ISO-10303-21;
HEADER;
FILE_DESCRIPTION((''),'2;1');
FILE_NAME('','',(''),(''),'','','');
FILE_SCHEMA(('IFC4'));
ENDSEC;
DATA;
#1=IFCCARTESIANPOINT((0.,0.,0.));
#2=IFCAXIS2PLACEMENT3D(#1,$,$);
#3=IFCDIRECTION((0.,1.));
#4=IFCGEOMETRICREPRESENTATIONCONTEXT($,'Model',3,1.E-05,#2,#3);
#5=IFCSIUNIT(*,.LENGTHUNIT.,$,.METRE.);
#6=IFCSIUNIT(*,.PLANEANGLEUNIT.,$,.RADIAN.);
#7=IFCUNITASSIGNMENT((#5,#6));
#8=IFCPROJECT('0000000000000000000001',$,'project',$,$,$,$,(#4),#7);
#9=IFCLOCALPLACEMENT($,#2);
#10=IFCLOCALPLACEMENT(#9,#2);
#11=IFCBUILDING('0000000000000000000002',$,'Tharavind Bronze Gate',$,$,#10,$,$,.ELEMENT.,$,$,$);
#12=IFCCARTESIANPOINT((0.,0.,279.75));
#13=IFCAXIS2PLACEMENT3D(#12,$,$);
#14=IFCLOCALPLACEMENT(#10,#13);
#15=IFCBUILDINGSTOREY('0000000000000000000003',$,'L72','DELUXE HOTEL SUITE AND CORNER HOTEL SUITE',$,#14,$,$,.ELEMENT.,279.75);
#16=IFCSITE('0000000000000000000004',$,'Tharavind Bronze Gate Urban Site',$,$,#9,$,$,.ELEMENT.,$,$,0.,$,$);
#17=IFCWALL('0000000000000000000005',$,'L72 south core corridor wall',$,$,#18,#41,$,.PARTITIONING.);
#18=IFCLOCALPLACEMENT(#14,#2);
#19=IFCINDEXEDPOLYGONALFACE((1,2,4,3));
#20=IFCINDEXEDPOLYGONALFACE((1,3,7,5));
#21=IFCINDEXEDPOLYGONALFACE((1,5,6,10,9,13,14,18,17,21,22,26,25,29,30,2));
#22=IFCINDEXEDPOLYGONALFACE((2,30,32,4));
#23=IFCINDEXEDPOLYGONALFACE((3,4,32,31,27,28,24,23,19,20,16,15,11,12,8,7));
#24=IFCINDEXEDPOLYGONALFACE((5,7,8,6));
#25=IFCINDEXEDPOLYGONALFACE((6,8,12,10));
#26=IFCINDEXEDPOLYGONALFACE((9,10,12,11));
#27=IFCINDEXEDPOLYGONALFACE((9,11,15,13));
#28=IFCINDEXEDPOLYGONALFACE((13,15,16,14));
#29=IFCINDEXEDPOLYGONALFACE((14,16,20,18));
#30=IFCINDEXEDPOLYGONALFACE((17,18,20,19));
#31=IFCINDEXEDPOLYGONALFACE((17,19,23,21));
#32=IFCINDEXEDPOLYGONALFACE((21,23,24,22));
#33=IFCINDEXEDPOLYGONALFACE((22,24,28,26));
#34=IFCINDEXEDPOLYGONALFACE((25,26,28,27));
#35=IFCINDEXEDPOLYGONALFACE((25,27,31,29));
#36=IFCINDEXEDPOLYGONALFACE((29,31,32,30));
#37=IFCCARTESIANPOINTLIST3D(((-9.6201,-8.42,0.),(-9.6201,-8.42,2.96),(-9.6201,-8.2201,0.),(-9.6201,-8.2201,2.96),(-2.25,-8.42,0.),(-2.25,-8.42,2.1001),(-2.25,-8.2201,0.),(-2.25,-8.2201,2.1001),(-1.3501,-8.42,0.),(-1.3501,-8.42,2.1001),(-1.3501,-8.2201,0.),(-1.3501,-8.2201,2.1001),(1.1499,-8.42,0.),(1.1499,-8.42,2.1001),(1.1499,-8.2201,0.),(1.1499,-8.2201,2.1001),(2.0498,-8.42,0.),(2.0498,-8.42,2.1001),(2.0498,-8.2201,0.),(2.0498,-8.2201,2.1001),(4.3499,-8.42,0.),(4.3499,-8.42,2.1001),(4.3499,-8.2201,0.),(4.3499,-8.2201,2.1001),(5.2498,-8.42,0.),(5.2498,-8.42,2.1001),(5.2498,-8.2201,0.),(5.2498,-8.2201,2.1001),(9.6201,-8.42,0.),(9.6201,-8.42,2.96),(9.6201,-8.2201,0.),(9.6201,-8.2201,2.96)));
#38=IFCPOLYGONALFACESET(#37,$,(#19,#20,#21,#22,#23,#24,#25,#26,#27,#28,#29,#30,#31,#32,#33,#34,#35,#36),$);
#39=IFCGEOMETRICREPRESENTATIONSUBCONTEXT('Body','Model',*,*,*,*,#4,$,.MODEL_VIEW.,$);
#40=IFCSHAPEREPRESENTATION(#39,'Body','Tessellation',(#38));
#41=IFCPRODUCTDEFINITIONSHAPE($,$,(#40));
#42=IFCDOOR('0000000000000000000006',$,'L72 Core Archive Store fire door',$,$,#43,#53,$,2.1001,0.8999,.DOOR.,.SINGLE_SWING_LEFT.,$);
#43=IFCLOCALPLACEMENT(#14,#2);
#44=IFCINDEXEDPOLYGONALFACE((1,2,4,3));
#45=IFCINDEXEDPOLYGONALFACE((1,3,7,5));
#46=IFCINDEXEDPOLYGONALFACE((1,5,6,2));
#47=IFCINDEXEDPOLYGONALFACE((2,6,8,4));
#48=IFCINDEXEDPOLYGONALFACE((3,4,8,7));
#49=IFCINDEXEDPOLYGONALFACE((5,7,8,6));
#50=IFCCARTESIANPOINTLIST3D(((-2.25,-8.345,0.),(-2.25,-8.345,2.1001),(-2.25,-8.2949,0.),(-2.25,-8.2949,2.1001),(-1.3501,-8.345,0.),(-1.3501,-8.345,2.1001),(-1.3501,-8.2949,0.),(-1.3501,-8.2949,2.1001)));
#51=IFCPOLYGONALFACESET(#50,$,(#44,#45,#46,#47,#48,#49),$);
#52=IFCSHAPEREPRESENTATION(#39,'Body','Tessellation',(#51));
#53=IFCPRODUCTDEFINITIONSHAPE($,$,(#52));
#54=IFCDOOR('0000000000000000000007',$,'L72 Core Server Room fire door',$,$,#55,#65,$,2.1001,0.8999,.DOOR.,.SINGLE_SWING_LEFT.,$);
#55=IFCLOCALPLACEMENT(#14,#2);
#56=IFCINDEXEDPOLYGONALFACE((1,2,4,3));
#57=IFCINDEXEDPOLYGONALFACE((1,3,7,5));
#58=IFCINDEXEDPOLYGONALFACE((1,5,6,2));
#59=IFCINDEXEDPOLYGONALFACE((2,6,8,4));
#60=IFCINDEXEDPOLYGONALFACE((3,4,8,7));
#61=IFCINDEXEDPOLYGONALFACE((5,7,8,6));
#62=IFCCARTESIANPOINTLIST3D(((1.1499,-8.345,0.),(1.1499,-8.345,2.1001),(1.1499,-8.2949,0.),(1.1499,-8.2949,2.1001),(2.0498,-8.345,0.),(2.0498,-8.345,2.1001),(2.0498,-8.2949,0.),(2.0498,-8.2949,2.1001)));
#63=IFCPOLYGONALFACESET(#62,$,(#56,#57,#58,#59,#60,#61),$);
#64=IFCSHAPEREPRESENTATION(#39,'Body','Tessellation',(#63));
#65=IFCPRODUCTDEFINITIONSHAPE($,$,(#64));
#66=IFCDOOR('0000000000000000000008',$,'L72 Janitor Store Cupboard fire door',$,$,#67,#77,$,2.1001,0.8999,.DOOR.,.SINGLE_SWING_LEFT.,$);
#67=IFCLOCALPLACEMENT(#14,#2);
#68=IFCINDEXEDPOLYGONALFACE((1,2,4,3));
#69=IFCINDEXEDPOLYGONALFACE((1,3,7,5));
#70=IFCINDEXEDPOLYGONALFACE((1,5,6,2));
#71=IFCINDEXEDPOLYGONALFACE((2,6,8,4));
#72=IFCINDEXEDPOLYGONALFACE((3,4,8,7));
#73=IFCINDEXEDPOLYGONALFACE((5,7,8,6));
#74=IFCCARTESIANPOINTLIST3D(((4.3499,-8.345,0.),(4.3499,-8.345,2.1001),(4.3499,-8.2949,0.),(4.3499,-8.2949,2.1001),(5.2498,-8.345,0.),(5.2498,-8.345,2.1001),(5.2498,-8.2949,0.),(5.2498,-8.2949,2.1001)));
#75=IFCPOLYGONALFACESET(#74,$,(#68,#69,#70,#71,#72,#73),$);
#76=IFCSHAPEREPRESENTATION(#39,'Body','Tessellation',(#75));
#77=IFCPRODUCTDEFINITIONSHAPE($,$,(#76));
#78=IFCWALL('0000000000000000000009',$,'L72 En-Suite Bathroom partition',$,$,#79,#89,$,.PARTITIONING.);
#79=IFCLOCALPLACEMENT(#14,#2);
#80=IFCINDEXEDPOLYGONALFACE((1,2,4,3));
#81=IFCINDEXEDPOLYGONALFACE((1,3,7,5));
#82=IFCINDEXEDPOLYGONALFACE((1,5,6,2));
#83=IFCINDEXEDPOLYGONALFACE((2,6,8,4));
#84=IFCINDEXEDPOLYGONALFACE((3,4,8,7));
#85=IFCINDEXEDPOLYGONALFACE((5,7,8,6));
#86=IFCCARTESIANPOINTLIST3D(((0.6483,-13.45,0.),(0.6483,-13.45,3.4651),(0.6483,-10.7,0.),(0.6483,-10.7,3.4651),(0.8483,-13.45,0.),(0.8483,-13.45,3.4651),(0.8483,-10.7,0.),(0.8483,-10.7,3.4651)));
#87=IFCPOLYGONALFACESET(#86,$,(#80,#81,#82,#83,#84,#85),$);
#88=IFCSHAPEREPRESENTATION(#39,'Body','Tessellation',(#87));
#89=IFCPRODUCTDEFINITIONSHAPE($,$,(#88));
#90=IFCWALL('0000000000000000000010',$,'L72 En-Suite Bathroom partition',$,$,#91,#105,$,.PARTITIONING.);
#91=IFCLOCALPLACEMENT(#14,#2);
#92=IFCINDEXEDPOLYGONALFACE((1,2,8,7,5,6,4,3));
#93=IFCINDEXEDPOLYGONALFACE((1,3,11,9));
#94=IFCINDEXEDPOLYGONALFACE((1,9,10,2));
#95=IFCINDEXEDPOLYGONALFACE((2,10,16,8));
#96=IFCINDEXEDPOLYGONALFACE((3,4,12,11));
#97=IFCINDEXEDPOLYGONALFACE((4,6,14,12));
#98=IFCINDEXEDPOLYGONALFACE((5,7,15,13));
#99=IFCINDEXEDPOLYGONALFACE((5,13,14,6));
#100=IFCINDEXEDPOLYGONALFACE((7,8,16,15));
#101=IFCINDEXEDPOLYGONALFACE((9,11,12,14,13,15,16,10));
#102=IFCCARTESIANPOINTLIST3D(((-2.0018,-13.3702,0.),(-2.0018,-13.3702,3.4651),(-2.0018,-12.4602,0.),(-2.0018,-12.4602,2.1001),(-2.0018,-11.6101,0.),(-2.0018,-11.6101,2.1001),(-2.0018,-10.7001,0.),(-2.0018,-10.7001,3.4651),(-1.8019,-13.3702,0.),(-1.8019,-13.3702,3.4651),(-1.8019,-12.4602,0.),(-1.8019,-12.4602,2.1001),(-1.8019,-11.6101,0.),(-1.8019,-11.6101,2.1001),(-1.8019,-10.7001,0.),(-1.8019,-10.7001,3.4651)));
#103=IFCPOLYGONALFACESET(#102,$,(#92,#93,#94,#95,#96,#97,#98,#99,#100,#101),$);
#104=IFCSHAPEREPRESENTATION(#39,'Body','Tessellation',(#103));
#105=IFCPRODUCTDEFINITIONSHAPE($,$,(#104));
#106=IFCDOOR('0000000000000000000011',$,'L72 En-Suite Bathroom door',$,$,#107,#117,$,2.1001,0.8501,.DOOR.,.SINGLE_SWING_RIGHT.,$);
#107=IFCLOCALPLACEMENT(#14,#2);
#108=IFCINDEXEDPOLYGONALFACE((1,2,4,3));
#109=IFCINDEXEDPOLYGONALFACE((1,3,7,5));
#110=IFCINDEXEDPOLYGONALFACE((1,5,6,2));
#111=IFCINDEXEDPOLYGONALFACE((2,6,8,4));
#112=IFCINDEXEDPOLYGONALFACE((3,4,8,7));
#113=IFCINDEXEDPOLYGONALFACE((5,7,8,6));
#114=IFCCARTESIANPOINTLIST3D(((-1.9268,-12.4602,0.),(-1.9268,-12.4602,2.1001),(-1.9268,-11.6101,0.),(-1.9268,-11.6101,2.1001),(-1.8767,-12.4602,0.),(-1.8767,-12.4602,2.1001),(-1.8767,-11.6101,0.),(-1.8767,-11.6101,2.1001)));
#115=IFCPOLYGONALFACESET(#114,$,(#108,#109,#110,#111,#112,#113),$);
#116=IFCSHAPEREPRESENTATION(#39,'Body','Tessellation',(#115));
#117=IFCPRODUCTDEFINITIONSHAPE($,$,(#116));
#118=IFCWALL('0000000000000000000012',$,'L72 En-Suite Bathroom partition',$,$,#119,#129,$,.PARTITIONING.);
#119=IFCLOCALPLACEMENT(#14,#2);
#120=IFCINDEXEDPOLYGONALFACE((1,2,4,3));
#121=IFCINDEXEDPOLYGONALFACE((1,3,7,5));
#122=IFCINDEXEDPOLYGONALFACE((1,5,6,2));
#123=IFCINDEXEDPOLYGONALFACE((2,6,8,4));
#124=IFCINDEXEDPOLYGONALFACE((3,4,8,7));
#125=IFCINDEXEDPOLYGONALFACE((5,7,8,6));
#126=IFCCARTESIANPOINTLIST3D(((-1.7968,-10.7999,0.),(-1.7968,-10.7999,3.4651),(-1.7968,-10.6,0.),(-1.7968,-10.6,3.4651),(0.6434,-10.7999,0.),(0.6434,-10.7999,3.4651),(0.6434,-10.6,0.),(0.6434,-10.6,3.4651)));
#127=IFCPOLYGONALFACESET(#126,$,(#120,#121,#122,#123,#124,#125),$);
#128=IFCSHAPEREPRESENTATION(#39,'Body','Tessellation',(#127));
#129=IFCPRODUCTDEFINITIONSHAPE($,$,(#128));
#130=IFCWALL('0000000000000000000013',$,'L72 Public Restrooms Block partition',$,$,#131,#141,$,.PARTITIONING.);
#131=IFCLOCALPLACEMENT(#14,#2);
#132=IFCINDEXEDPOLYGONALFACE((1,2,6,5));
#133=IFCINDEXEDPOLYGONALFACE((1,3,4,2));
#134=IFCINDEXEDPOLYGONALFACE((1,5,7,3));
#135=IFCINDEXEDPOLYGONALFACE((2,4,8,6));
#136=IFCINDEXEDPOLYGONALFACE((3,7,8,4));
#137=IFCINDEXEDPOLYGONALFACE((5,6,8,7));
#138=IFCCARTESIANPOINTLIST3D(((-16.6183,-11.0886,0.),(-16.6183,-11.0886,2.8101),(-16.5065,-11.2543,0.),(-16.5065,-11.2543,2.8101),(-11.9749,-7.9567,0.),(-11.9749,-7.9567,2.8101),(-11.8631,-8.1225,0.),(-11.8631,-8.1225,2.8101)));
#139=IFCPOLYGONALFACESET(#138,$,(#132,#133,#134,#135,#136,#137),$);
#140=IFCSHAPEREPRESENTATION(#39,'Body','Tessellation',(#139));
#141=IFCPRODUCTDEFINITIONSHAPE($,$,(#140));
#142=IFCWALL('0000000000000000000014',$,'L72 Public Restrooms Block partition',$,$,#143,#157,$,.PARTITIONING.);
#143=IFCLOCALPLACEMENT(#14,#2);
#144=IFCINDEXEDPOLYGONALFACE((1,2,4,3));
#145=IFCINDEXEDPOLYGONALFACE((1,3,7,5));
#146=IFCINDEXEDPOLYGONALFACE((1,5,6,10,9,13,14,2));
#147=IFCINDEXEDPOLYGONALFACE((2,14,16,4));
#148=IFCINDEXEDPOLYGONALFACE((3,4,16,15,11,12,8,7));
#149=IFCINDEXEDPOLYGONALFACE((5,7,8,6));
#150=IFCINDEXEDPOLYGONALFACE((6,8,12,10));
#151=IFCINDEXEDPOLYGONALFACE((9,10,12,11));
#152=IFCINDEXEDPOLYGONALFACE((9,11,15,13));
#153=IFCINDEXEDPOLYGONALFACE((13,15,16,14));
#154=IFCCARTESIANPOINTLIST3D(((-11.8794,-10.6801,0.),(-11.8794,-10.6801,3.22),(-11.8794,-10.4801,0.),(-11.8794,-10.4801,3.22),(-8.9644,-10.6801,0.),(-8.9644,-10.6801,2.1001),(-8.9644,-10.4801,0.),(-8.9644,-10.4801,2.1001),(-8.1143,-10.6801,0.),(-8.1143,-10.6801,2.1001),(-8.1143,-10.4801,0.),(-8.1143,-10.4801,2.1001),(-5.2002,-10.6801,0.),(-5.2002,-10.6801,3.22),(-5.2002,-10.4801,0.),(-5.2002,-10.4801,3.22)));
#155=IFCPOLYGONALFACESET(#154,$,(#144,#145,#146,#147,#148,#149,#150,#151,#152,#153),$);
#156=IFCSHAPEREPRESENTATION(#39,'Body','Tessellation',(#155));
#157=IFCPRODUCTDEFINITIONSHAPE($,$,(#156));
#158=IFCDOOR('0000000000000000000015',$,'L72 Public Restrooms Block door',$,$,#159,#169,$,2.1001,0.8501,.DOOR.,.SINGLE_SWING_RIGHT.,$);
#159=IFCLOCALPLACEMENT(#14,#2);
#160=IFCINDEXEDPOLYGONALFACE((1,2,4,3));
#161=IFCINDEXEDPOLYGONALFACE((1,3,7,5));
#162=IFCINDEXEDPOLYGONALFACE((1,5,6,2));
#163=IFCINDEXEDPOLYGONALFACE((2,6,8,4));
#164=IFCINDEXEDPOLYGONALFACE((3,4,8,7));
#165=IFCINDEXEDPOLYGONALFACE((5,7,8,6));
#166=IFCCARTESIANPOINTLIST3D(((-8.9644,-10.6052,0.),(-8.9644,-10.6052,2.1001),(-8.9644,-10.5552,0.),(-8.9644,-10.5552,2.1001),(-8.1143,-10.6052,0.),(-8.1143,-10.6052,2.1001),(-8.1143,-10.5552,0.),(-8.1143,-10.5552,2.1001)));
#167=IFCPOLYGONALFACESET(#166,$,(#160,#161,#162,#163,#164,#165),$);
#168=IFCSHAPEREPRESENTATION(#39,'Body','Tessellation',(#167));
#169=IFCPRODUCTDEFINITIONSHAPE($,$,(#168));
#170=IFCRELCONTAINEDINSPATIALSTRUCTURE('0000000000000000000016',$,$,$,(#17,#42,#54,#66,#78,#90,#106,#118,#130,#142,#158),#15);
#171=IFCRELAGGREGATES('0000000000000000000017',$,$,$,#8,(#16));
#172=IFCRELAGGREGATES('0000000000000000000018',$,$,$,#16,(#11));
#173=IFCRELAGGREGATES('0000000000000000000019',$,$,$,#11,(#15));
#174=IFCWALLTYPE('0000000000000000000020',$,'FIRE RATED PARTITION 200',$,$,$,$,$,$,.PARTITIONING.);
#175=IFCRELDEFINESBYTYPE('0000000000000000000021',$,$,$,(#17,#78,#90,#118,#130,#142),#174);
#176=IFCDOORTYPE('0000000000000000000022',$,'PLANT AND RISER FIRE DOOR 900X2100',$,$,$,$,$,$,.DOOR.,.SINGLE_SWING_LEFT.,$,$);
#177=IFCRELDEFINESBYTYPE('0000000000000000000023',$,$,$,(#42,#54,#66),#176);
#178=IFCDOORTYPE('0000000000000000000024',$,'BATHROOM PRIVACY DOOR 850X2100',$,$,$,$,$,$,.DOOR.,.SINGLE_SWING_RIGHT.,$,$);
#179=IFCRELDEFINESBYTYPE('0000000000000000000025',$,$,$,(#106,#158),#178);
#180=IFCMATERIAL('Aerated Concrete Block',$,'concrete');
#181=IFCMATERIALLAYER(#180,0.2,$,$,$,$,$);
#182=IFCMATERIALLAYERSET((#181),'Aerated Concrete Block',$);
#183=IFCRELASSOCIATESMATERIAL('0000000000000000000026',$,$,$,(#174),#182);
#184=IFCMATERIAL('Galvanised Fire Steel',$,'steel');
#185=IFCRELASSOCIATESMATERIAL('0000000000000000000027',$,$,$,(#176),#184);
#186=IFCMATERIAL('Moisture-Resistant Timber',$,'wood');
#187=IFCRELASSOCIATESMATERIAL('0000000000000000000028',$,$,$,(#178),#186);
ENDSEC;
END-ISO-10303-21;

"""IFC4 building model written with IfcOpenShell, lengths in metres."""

from ifc_helpers import new_model, si_unit, direction, frame, frame_2d, origin, place, context, subcontext, project, spatial, rectangle, extrude, material, layer, layer_set, type_object, element, fill, save


model = new_model("IFC4")

# Units and contexts
model_context = context("Model", 3, precision=1e-05, world=origin(), true_north=direction((0.0, 1.0)))
body_context = subcontext(model_context, "Body", "Model", "MODEL_VIEW")
ifc_project = project(units=[si_unit("LENGTHUNIT", "METRE"), si_unit("PLANEANGLEUNIT", "RADIAN")], contexts=[model_context])

# Site, building, storey
site_placement = place(None, origin())
site = spatial("IfcSite", under=ifc_project, at=site_placement, Name="Tharavind Bronze Gate Urban Site", CompositionType="ELEMENT", RefElevation=0.0)
building_placement = place(site_placement, origin())
building = spatial("IfcBuilding", under=site, at=building_placement, Name="Tharavind Bronze Gate", CompositionType="ELEMENT")
storey_placement = place(building_placement, frame((0.0, 0.0, 279.75)))
storey = spatial("IfcBuildingStorey", under=building, at=storey_placement, Name="L72", Description="DELUXE HOTEL SUITE AND CORNER HOTEL SUITE", CompositionType="ELEMENT", Elevation=279.75)

# Wall, openings, doors
ifc_material_1 = material(Name="Aerated Concrete Block", Category="concrete")
ifc_layer_1 = layer(ifc_material_1, 0.2)
ifc_layer_set_1 = layer_set([ifc_layer_1], Name="Aerated Concrete Block")
wall_type_1 = type_object("IfcWallType", Name="FIRE RATED PARTITION 200", PredefinedType="PARTITIONING", material=ifc_layer_set_1)
wall_1_placement = place(storey_placement, frame((-9.6201, -8.3201, 0.0), z_axis=(0.0, 0.0, 1.0), x_axis=(1.0, 0.0, 0.0)))
wall_1 = element("IfcWall", 1, at=wall_1_placement, inside=storey, type_object=wall_type_1, Name="L72 south core corridor wall", PredefinedType="PARTITIONING", context=body_context, shape_type="SweptSolid", body=[
    extrude(rectangle(XDim=19.2402, YDim=0.2, at=frame_2d((9.6201, 0.0))), origin(), (0.0, 0.0, 1.0), 2.96),
])
opening_1_placement = place(wall_1_placement, frame((7.3701, 0.0, 0.0)))
opening_1 = element("IfcOpeningElement", 2, at=opening_1_placement, cuts=wall_1, PredefinedType="OPENING", context=body_context, shape_type="SweptSolid", body=[
    extrude(rectangle(XDim=0.8999, YDim=2.1001, at=frame_2d((0.45, 1.05))), frame((0.0, 0.1101, 0.0), z_axis=(0.0, -1.0, 0.0), x_axis=(1.0, 0.0, 0.0)), (0.0, 0.0, 1.0), 0.22),
])
opening_2_placement = place(wall_1_placement, frame((10.77, 0.0, 0.0)))
opening_2 = element("IfcOpeningElement", 3, at=opening_2_placement, cuts=wall_1, PredefinedType="OPENING", context=body_context, shape_type="SweptSolid", body=[
    extrude(rectangle(XDim=0.8999, YDim=2.1001, at=frame_2d((0.45, 1.05))), frame((0.0, 0.1101, 0.0), z_axis=(0.0, -1.0, 0.0), x_axis=(1.0, 0.0, 0.0)), (0.0, 0.0, 1.0), 0.22),
])
opening_3_placement = place(wall_1_placement, frame((13.97, 0.0, 0.0)))
opening_3 = element("IfcOpeningElement", 4, at=opening_3_placement, cuts=wall_1, PredefinedType="OPENING", context=body_context, shape_type="SweptSolid", body=[
    extrude(rectangle(XDim=0.8999, YDim=2.1001, at=frame_2d((0.45, 1.05))), frame((0.0, 0.1101, 0.0), z_axis=(0.0, -1.0, 0.0), x_axis=(1.0, 0.0, 0.0)), (0.0, 0.0, 1.0), 0.22),
])
ifc_material_2 = material(Name="Galvanised Fire Steel", Category="steel")
door_type_1 = type_object("IfcDoorType", Name="PLANT AND RISER FIRE DOOR 900X2100", OperationType="SINGLE_SWING_LEFT", PredefinedType="DOOR", material=ifc_material_2)
door_1_placement = place(opening_1_placement, frame((0.8999, 0.0, 0.0), z_axis=(0.0, 0.0, 1.0), x_axis=(-1.0, 0.0, 0.0)))
door_1 = element("IfcDoor", 5, at=door_1_placement, inside=storey, type_object=door_type_1, Name="L72 Core Archive Store fire door", OperationType="SINGLE_SWING_LEFT", OverallHeight=2.1001, OverallWidth=0.8999, PredefinedType="DOOR", context=body_context, shape_type="SweptSolid", body=[
    extrude(rectangle(XDim=0.8999, YDim=2.1001, at=frame_2d((0.45, 1.05))), frame((0.0, 0.0249, 0.0), z_axis=(0.0, -1.0, 0.0), x_axis=(1.0, 0.0, 0.0)), (0.0, 0.0, 1.0), 0.05),
])
fill(opening_1, door_1)
door_2_placement = place(opening_2_placement, frame((0.8999, 0.0, 0.0), z_axis=(0.0, 0.0, 1.0), x_axis=(-1.0, 0.0, 0.0)))
door_2 = element("IfcDoor", 6, at=door_2_placement, inside=storey, type_object=door_type_1, Name="L72 Core Server Room fire door", OperationType="SINGLE_SWING_LEFT", OverallHeight=2.1001, OverallWidth=0.8999, PredefinedType="DOOR", context=body_context, shape_type="SweptSolid", body=[
    extrude(rectangle(XDim=0.8999, YDim=2.1001, at=frame_2d((0.45, 1.05))), frame((0.0, 0.0249, 0.0), z_axis=(0.0, -1.0, 0.0), x_axis=(1.0, 0.0, 0.0)), (0.0, 0.0, 1.0), 0.05),
])
fill(opening_2, door_2)
door_3_placement = place(opening_3_placement, frame((0.8999, 0.0, 0.0), z_axis=(0.0, 0.0, 1.0), x_axis=(-1.0, 0.0, 0.0)))
door_3 = element("IfcDoor", 7, at=door_3_placement, inside=storey, type_object=door_type_1, Name="L72 Janitor Store Cupboard fire door", OperationType="SINGLE_SWING_LEFT", OverallHeight=2.1001, OverallWidth=0.8999, PredefinedType="DOOR", context=body_context, shape_type="SweptSolid", body=[
    extrude(rectangle(XDim=0.8999, YDim=2.1001, at=frame_2d((0.45, 1.05))), frame((0.0, 0.0249, 0.0), z_axis=(0.0, -1.0, 0.0), x_axis=(1.0, 0.0, 0.0)), (0.0, 0.0, 1.0), 0.05),
])
fill(opening_3, door_3)

# Wall
wall_2_placement = place(storey_placement, frame((0.7483, -10.7, 0.0), z_axis=(0.0, 0.0, 1.0), x_axis=(0.0, -1.0, 0.0)))
element("IfcWall", 8, at=wall_2_placement, inside=storey, type_object=wall_type_1, Name="L72 En-Suite Bathroom partition", PredefinedType="PARTITIONING", context=body_context, shape_type="SweptSolid", body=[
    extrude(rectangle(XDim=2.75, YDim=0.2, at=frame_2d((1.375, 0.0))), origin(), (0.0, 0.0, 1.0), 3.4651),
])

# Wall, opening, door
wall_3_placement = place(storey_placement, frame((-1.9019, -13.3701, 0.0), z_axis=(0.0, 0.0, 1.0), x_axis=(0.0, 1.0, 0.0)))
wall_3 = element("IfcWall", 9, at=wall_3_placement, inside=storey, type_object=wall_type_1, Name="L72 En-Suite Bathroom partition", PredefinedType="PARTITIONING", context=body_context, shape_type="SweptSolid", body=[
    extrude(rectangle(XDim=2.6702, YDim=0.2, at=frame_2d((1.335, 0.0))), origin(), (0.0, 0.0, 1.0), 3.4651),
])
opening_4_placement = place(wall_3_placement, frame((0.9099, 0.0, 0.0)))
opening_4 = element("IfcOpeningElement", 10, at=opening_4_placement, cuts=wall_3, PredefinedType="OPENING", context=body_context, shape_type="SweptSolid", body=[
    extrude(rectangle(XDim=0.8501, YDim=2.1001, at=frame_2d((0.425, 1.05))), frame((0.0, 0.1101, 0.0), z_axis=(0.0, -1.0, 0.0), x_axis=(1.0, 0.0, 0.0)), (0.0, 0.0, 1.0), 0.22),
])
ifc_material_3 = material(Name="Moisture-Resistant Timber", Category="wood")
door_type_2 = type_object("IfcDoorType", Name="BATHROOM PRIVACY DOOR 850X2100", OperationType="SINGLE_SWING_RIGHT", PredefinedType="DOOR", material=ifc_material_3)
door_4_placement = place(opening_4_placement, origin())
door_4 = element("IfcDoor", 11, at=door_4_placement, inside=storey, type_object=door_type_2, Name="L72 En-Suite Bathroom door", OperationType="SINGLE_SWING_RIGHT", OverallHeight=2.1001, OverallWidth=0.8501, PredefinedType="DOOR", context=body_context, shape_type="SweptSolid", body=[
    extrude(rectangle(XDim=0.8501, YDim=2.1001, at=frame_2d((0.425, 1.05))), frame((0.0, 0.0249, 0.0), z_axis=(0.0, -1.0, 0.0), x_axis=(1.0, 0.0, 0.0)), (0.0, 0.0, 1.0), 0.05),
])
fill(opening_4, door_4)

# Walls
wall_4_placement = place(storey_placement, frame((-1.7969, -10.7, 0.0), z_axis=(0.0, 0.0, 1.0), x_axis=(1.0, 0.0, 0.0)))
element("IfcWall", 12, at=wall_4_placement, inside=storey, type_object=wall_type_1, Name="L72 En-Suite Bathroom partition", PredefinedType="PARTITIONING", context=body_context, shape_type="SweptSolid", body=[
    extrude(rectangle(XDim=2.4402, YDim=0.2, at=frame_2d((1.2202, 0.0))), origin(), (0.0, 0.0, 1.0), 3.4651),
])
wall_5_placement = place(storey_placement, frame((-16.5623, -11.1714, 0.0), z_axis=(0.0, 0.0, 1.0), x_axis=(0.829047, 0.559179, 0.0)))
element("IfcWall", 13, at=wall_5_placement, inside=storey, type_object=wall_type_1, Name="L72 Public Restrooms Block partition", PredefinedType="PARTITIONING", context=body_context, shape_type="SweptSolid", body=[
    extrude(rectangle(XDim=5.6008, YDim=0.2, at=frame_2d((2.8003, 0.0))), origin(), (0.0, 0.0, 1.0), 2.8101),
])

# Wall, opening, door
wall_6_placement = place(storey_placement, frame((-11.8794, -10.5801, 0.0), z_axis=(0.0, 0.0, 1.0), x_axis=(1.0, 0.0, 0.0)))
wall_6 = element("IfcWall", 14, at=wall_6_placement, inside=storey, type_object=wall_type_1, Name="L72 Public Restrooms Block partition", PredefinedType="PARTITIONING", context=body_context, shape_type="SweptSolid", body=[
    extrude(rectangle(XDim=6.6792, YDim=0.2, at=frame_2d((3.3396, 0.0))), origin(), (0.0, 0.0, 1.0), 3.22),
])
opening_5_placement = place(wall_6_placement, frame((2.915, 0.0, 0.0)))
opening_5 = element("IfcOpeningElement", 15, at=opening_5_placement, cuts=wall_6, PredefinedType="OPENING", context=body_context, shape_type="SweptSolid", body=[
    extrude(rectangle(XDim=0.8501, YDim=2.1001, at=frame_2d((0.425, 1.05))), frame((0.0, 0.1101, 0.0), z_axis=(0.0, -1.0, 0.0), x_axis=(1.0, 0.0, 0.0)), (0.0, 0.0, 1.0), 0.22),
])
door_5_placement = place(opening_5_placement, origin())
door_5 = element("IfcDoor", 16, at=door_5_placement, inside=storey, type_object=door_type_2, Name="L72 Public Restrooms Block door", OperationType="SINGLE_SWING_RIGHT", OverallHeight=2.1001, OverallWidth=0.8501, PredefinedType="DOOR", context=body_context, shape_type="SweptSolid", body=[
    extrude(rectangle(XDim=0.8501, YDim=2.1001, at=frame_2d((0.425, 1.05))), frame((0.0, 0.0249, 0.0), z_axis=(0.0, -1.0, 0.0), x_axis=(1.0, 0.0, 0.0)), (0.0, 0.0, 1.0), 0.05),
])
fill(opening_5, door_5)

save(model, "model.ifc")
